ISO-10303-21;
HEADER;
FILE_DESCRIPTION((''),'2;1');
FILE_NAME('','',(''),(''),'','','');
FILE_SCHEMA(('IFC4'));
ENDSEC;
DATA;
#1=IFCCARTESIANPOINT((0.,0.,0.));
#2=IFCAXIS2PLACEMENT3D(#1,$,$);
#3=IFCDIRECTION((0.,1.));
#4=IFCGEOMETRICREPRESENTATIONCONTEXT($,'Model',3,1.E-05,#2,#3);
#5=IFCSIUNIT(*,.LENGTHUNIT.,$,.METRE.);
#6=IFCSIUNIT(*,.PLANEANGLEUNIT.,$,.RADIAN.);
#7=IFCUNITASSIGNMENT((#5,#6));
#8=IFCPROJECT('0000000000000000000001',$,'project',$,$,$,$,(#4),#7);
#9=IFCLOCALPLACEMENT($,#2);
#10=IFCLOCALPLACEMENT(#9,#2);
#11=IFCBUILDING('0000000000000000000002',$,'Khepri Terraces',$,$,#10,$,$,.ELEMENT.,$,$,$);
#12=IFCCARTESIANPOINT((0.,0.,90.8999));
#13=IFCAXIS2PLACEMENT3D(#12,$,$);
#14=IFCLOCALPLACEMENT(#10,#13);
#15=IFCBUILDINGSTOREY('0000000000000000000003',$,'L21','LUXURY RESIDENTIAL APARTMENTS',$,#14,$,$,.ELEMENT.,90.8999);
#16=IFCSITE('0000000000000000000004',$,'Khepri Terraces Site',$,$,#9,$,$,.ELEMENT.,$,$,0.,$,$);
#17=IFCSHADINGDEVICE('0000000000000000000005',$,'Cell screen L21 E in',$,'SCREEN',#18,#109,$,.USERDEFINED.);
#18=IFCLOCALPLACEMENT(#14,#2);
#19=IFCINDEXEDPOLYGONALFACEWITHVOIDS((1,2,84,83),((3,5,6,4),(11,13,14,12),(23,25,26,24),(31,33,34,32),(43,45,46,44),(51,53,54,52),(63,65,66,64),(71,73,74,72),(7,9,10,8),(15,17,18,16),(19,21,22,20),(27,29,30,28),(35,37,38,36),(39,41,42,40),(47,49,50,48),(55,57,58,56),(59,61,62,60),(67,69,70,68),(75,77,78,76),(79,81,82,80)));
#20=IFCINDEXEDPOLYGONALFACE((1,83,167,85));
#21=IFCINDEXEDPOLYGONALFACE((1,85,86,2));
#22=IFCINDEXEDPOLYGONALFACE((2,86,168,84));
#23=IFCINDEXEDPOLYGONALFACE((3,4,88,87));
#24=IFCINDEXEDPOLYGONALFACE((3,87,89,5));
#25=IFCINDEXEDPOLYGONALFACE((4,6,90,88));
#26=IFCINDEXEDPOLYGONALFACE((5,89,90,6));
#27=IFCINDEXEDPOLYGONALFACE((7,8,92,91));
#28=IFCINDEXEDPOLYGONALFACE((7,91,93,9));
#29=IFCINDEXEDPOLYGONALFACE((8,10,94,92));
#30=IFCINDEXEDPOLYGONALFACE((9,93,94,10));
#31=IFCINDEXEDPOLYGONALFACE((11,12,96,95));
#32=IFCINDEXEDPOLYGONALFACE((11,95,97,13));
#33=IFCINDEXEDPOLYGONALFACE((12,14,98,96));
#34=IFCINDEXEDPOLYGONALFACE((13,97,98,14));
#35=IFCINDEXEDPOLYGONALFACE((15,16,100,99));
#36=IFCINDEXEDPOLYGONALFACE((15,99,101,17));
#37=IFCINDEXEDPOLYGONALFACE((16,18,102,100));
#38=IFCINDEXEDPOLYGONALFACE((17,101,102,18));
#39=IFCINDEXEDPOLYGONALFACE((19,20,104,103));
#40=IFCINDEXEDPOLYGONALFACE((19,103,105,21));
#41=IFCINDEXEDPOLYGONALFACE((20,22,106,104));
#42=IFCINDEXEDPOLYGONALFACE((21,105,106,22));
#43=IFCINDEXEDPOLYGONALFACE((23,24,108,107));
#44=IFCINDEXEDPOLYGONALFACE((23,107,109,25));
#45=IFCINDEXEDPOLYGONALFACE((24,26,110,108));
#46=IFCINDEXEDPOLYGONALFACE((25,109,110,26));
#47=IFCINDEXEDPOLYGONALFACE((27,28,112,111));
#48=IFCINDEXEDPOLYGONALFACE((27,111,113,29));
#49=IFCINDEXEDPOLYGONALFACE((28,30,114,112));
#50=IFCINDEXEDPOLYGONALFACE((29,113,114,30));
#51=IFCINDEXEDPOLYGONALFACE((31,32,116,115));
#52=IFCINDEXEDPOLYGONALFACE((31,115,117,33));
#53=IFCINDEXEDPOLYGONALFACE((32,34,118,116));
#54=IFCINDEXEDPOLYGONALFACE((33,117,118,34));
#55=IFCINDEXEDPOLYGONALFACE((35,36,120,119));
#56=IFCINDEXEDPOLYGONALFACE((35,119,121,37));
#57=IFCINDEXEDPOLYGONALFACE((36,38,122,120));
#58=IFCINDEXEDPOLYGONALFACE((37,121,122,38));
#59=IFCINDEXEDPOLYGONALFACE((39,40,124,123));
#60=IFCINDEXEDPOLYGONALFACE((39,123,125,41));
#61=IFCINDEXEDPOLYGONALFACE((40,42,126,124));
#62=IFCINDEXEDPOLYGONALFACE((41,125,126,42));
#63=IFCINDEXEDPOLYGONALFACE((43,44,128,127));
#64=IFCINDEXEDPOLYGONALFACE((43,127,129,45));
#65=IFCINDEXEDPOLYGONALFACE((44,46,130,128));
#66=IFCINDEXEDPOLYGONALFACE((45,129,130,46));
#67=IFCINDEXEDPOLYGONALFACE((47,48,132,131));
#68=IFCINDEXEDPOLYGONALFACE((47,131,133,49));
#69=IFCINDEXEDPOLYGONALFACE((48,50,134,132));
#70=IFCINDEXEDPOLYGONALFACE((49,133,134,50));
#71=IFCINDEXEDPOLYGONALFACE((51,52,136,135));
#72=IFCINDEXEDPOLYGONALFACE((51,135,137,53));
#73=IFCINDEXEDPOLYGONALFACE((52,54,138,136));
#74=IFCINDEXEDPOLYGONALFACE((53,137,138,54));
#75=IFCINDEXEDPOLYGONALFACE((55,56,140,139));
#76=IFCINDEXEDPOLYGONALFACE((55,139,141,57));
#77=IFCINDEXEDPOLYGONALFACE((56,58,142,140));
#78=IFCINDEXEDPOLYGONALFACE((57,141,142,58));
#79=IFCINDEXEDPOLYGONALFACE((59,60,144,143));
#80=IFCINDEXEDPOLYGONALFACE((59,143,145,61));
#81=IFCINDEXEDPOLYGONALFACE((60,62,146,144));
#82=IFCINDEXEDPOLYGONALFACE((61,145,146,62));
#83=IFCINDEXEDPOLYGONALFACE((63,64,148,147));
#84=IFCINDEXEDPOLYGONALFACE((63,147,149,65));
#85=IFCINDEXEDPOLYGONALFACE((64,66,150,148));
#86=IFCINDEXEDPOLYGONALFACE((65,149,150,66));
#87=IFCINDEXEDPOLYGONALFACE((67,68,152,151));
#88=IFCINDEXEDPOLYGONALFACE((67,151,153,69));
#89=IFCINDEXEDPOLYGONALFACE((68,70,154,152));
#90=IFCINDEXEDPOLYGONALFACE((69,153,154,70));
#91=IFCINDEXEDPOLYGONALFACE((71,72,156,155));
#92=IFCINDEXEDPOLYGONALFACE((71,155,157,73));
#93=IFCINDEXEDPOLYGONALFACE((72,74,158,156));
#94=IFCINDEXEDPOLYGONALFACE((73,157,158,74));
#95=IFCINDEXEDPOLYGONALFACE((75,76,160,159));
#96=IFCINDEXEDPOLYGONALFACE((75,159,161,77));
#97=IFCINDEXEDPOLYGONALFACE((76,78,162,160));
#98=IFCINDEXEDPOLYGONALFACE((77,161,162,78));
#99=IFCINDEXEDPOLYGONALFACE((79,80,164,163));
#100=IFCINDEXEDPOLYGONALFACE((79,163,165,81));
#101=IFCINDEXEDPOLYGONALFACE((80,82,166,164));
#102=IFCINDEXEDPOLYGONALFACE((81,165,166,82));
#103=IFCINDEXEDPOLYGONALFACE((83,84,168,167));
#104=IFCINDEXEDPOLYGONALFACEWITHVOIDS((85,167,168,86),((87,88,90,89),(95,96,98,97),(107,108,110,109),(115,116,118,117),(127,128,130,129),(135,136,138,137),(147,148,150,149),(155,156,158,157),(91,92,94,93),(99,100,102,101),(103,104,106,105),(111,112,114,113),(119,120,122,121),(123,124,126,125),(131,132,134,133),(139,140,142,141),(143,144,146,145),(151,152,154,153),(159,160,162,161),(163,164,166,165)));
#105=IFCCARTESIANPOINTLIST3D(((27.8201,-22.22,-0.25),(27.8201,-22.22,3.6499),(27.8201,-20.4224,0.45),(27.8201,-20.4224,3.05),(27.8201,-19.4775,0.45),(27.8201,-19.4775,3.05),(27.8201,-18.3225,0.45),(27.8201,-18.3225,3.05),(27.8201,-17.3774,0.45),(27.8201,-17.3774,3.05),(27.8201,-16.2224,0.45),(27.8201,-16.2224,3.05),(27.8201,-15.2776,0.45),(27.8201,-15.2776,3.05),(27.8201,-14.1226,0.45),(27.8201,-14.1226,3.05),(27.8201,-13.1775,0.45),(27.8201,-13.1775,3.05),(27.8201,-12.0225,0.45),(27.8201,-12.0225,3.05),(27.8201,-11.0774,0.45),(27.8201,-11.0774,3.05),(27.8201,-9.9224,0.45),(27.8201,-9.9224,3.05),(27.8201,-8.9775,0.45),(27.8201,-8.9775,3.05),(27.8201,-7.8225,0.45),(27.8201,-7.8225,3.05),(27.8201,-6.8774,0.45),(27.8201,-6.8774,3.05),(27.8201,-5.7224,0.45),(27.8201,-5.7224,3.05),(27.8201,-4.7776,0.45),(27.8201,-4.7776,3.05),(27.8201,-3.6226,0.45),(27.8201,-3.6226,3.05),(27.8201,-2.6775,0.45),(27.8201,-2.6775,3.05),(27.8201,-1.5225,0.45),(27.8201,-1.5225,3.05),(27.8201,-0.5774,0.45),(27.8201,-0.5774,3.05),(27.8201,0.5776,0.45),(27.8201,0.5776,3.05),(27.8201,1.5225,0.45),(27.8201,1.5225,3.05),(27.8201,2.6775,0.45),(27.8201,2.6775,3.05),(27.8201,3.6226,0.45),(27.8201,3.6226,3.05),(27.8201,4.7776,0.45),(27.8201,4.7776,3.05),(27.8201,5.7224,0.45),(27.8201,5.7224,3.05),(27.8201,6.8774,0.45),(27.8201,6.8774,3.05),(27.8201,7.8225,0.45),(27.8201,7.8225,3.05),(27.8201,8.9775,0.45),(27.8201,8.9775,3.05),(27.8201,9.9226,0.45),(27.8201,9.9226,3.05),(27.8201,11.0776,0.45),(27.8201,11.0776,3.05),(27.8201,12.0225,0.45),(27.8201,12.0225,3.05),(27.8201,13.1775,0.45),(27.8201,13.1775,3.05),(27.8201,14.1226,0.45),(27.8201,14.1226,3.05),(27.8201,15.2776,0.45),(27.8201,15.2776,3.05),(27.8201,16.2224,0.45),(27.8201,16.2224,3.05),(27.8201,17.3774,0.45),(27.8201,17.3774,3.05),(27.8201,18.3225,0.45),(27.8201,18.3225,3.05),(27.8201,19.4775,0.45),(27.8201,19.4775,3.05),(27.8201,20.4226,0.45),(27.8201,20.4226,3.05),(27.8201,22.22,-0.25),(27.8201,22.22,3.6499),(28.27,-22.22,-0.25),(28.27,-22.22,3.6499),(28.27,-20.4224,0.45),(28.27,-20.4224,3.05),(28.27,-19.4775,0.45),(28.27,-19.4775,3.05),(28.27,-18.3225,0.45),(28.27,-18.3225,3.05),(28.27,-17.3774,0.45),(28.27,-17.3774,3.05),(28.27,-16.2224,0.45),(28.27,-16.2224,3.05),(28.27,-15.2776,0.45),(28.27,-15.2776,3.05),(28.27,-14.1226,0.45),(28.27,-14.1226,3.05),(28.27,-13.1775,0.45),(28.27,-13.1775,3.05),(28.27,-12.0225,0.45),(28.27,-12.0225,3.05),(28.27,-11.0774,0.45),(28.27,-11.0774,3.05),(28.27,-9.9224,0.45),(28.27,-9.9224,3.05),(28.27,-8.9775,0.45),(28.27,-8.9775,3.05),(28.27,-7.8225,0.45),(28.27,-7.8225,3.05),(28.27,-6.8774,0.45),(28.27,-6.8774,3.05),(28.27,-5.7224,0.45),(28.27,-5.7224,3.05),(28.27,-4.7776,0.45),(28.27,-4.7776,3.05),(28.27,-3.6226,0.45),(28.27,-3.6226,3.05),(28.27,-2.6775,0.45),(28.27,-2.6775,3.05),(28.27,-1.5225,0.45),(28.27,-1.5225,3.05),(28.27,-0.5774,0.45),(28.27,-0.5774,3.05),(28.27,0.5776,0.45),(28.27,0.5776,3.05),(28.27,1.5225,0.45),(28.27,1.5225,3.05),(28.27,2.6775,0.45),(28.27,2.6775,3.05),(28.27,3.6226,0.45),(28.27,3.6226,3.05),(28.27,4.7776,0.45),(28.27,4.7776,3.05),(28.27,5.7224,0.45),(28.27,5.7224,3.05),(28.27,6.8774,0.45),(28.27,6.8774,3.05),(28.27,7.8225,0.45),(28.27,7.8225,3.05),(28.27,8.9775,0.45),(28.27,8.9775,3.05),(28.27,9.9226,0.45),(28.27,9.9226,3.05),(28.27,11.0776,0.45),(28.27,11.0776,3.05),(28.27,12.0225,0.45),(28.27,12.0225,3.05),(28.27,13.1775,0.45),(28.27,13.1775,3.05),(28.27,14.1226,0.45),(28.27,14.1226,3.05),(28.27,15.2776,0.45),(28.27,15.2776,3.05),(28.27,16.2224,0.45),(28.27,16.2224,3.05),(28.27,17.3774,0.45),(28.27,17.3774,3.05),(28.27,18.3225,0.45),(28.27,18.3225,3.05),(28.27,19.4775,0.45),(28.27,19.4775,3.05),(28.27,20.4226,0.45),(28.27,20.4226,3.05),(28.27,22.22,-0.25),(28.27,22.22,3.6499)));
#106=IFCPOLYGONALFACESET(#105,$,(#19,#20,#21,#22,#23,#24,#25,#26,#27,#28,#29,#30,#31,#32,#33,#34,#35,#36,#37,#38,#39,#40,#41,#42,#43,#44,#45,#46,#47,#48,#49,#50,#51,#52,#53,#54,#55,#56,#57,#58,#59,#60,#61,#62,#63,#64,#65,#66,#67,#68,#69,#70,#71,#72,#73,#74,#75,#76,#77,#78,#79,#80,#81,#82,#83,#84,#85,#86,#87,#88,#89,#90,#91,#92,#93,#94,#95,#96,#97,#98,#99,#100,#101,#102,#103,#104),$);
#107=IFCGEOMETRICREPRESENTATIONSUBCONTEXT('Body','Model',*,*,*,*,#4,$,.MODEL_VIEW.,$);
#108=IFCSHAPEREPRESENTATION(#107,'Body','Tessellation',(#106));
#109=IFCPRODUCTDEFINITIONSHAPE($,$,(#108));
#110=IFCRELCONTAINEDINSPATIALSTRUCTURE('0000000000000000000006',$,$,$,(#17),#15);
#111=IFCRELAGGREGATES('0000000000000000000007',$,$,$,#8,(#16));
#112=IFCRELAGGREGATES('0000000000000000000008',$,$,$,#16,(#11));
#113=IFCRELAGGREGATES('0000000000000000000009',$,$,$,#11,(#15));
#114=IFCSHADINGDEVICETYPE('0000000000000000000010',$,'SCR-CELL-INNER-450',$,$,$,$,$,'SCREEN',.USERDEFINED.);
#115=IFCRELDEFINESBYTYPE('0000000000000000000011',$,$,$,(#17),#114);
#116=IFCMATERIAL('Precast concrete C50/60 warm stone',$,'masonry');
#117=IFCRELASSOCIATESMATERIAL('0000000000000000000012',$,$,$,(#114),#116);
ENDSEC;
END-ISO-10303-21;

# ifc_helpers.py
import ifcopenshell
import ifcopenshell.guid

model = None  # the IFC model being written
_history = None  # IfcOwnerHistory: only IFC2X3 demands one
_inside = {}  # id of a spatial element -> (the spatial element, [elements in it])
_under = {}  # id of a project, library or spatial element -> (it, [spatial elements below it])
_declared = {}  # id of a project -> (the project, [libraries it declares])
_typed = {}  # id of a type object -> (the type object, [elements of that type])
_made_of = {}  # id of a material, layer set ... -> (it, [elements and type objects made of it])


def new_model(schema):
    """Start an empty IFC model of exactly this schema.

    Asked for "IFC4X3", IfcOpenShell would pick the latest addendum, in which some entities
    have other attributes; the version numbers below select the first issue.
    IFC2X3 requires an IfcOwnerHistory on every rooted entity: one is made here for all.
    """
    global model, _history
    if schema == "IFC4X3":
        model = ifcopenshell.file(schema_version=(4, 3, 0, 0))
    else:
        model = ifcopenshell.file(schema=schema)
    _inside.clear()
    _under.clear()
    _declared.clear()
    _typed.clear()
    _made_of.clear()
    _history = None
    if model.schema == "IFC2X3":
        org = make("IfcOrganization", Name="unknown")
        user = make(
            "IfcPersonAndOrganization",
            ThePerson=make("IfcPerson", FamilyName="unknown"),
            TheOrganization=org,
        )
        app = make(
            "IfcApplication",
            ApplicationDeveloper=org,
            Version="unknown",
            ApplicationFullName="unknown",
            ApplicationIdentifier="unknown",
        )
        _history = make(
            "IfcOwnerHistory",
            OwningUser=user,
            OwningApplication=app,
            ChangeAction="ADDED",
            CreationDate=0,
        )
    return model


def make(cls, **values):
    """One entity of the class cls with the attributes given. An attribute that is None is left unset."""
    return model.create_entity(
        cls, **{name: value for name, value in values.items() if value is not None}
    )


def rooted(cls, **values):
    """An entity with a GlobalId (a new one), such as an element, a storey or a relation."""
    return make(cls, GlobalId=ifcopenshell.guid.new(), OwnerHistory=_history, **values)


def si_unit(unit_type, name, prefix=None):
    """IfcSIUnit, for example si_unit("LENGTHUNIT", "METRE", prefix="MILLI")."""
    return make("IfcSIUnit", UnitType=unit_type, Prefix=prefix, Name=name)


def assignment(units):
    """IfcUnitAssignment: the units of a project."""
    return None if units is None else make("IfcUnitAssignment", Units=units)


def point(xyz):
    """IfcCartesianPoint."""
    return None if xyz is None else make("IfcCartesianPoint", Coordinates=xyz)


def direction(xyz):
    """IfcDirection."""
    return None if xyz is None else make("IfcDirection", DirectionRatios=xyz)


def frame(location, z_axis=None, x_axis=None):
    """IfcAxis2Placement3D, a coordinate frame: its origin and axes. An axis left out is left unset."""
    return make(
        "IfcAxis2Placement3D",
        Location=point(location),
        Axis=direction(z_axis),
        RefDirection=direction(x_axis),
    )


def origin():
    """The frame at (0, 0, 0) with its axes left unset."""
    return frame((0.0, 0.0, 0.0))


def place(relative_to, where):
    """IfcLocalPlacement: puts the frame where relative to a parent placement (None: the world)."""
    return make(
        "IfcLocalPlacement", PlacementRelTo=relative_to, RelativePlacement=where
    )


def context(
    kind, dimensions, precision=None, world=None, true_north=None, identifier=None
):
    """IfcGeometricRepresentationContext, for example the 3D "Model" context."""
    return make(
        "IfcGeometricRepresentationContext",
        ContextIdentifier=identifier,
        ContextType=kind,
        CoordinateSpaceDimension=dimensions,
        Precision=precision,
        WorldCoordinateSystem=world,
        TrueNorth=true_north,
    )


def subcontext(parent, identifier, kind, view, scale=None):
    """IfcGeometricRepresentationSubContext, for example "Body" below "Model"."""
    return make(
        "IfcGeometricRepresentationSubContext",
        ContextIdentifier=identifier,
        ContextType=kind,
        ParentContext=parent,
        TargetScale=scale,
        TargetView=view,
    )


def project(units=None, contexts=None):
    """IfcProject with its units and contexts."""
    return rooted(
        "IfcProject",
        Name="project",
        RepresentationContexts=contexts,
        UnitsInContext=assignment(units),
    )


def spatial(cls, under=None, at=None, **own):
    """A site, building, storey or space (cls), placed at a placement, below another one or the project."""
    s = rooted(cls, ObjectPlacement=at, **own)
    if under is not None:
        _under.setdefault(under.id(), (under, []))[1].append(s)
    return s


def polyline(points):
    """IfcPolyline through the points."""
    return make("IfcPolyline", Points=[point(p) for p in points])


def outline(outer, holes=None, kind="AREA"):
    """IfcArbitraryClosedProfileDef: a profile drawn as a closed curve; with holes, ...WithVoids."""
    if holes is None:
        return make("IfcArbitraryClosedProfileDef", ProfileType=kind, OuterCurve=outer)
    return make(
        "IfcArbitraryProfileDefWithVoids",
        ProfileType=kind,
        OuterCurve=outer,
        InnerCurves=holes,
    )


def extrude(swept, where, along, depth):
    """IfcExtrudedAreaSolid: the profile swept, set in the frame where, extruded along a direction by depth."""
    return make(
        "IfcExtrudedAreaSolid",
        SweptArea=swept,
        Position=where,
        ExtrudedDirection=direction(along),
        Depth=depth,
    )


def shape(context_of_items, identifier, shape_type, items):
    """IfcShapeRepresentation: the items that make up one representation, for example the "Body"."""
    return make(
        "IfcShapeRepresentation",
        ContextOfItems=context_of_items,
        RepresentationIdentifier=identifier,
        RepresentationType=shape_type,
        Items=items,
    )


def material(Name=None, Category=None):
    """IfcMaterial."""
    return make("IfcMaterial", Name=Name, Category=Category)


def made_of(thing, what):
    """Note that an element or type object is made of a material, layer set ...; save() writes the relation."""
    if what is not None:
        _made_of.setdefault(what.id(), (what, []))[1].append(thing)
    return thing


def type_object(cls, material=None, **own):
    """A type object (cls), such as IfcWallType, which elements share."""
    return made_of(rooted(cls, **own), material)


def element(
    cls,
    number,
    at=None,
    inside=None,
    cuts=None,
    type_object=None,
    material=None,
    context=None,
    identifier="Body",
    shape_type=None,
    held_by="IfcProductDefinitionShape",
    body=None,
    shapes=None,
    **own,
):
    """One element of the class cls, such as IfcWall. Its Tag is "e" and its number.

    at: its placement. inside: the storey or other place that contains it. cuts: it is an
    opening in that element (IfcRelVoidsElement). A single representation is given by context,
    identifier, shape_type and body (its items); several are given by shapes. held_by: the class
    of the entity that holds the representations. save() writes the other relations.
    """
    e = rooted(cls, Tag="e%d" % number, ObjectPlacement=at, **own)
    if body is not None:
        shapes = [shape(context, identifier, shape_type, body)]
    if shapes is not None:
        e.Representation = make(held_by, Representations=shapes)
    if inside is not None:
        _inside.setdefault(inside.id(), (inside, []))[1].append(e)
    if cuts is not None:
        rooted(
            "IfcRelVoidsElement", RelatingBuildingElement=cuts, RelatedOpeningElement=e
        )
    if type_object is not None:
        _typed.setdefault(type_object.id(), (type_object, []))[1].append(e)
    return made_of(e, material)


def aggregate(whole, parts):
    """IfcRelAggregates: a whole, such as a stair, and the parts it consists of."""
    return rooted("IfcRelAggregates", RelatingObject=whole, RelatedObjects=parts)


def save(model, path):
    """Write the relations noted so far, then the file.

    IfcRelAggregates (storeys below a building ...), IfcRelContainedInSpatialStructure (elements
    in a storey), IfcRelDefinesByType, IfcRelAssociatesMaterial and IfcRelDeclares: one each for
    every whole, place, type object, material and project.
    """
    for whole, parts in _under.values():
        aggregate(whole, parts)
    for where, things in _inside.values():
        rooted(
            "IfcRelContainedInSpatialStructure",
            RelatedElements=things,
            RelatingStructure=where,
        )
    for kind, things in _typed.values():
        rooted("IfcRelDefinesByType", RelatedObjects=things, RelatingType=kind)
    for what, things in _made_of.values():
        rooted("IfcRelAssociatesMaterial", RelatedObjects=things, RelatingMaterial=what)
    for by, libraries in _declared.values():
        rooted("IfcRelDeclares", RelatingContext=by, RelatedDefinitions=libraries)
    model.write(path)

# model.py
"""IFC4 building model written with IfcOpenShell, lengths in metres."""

from ifc_helpers import new_model, si_unit, direction, frame, origin, place, context, subcontext, project, spatial, polyline, outline, extrude, material, type_object, element, save


model = new_model("IFC4")

# Units and contexts
model_context = context("Model", 3, precision=1e-05, world=origin(), true_north=direction((0.0, 1.0)))
body_context = subcontext(model_context, "Body", "Model", "MODEL_VIEW")
ifc_project = project(units=[si_unit("LENGTHUNIT", "METRE"), si_unit("PLANEANGLEUNIT", "RADIAN")], contexts=[model_context])

# Site, building, storey
site_placement = place(None, origin())
site = spatial("IfcSite", under=ifc_project, at=site_placement, Name="Khepri Terraces Site", CompositionType="ELEMENT", RefElevation=0.0)
building_placement = place(site_placement, origin())
building = spatial("IfcBuilding", under=site, at=building_placement, Name="Khepri Terraces", CompositionType="ELEMENT")
storey_placement = place(building_placement, frame((0.0, 0.0, 90.8999)))
storey = spatial("IfcBuildingStorey", under=building, at=storey_placement, Name="L21", Description="LUXURY RESIDENTIAL APARTMENTS", CompositionType="ELEMENT", Elevation=90.8999)

# Shared definitions
ifc_material_1 = material(Name="Precast concrete C50/60 warm stone", Category="masonry")

# Shading device
shading_device_type_1 = type_object("IfcShadingDeviceType", Name="SCR-CELL-INNER-450", ElementType="SCREEN", PredefinedType="USERDEFINED", material=ifc_material_1)
shading_device_1_placement = place(storey_placement, frame((27.8201, -22.22, -0.25), z_axis=(1.0, 0.0, 0.0), x_axis=(0.0, 1.0, 0.0)))
element("IfcShadingDevice", 1, at=shading_device_1_placement, inside=storey, type_object=shading_device_type_1, Name="Cell screen L21 E in", ObjectType="SCREEN", PredefinedType="USERDEFINED", context=body_context, shape_type="SweptSolid", body=[
    extrude(outline(polyline([(0.0, 0.0), (44.4399, 0.0), (44.4399, 3.8999), (0.0, 3.8999), (0.0, 0.0)]), holes=[polyline([(1.7976, 0.7), (2.7424, 0.7), (2.7424, 3.3), (1.7976, 3.3), (1.7976, 0.7)]), polyline([(3.8975, 0.7), (4.8425, 0.7), (4.8425, 3.3), (3.8975, 3.3), (3.8975, 0.7)]), polyline([(5.9976, 0.7), (6.9424, 0.7), (6.9424, 3.3), (5.9976, 3.3), (5.9976, 0.7)]), polyline([(8.0974, 0.7), (9.0425, 0.7), (9.0425, 3.3), (8.0974, 3.3), (8.0974, 0.7)]), polyline([(10.1975, 0.7), (11.1426, 0.7), (11.1426, 3.3), (10.1975, 3.3), (10.1975, 0.7)]), polyline([(12.2976, 0.7), (13.2424, 0.7), (13.2424, 3.3), (12.2976, 3.3), (12.2976, 0.7)]), polyline([(14.3975, 0.7), (15.3425, 0.7), (15.3425, 3.3), (14.3975, 3.3), (14.3975, 0.7)]), polyline([(16.4976, 0.7), (17.4424, 0.7), (17.4424, 3.3), (16.4976, 3.3), (16.4976, 0.7)]), polyline([(18.5974, 0.7), (19.5425, 0.7), (19.5425, 3.3), (18.5974, 3.3), (18.5974, 0.7)]), polyline([(20.6975, 0.7), (21.6426, 0.7), (21.6426, 3.3), (20.6975, 3.3), (20.6975, 0.7)]), polyline([(22.7976, 0.7), (23.7424, 0.7), (23.7424, 3.3), (22.7976, 3.3), (22.7976, 0.7)]), polyline([(24.8975, 0.7), (25.8425, 0.7), (25.8425, 3.3), (24.8975, 3.3), (24.8975, 0.7)]), polyline([(26.9976, 0.7), (27.9424, 0.7), (27.9424, 3.3), (26.9976, 3.3), (26.9976, 0.7)]), polyline([(29.0974, 0.7), (30.0425, 0.7), (30.0425, 3.3), (29.0974, 3.3), (29.0974, 0.7)]), polyline([(31.1975, 0.7), (32.1426, 0.7), (32.1426, 3.3), (31.1975, 3.3), (31.1975, 0.7)]), polyline([(33.2976, 0.7), (34.2424, 0.7), (34.2424, 3.3), (33.2976, 3.3), (33.2976, 0.7)]), polyline([(35.3975, 0.7), (36.3425, 0.7), (36.3425, 3.3), (35.3975, 3.3), (35.3975, 0.7)]), polyline([(37.4976, 0.7), (38.4424, 0.7), (38.4424, 3.3), (37.4976, 3.3), (37.4976, 0.7)]), polyline([(39.5974, 0.7), (40.5425, 0.7), (40.5425, 3.3), (39.5974, 3.3), (39.5974, 0.7)]), polyline([(41.6975, 0.7), (42.6426, 0.7), (42.6426, 3.3), (41.6975, 3.3), (41.6975, 0.7)])]), origin(), (0.0, 0.0, 1.0), 0.45),
])

save(model, "model.ifc")
